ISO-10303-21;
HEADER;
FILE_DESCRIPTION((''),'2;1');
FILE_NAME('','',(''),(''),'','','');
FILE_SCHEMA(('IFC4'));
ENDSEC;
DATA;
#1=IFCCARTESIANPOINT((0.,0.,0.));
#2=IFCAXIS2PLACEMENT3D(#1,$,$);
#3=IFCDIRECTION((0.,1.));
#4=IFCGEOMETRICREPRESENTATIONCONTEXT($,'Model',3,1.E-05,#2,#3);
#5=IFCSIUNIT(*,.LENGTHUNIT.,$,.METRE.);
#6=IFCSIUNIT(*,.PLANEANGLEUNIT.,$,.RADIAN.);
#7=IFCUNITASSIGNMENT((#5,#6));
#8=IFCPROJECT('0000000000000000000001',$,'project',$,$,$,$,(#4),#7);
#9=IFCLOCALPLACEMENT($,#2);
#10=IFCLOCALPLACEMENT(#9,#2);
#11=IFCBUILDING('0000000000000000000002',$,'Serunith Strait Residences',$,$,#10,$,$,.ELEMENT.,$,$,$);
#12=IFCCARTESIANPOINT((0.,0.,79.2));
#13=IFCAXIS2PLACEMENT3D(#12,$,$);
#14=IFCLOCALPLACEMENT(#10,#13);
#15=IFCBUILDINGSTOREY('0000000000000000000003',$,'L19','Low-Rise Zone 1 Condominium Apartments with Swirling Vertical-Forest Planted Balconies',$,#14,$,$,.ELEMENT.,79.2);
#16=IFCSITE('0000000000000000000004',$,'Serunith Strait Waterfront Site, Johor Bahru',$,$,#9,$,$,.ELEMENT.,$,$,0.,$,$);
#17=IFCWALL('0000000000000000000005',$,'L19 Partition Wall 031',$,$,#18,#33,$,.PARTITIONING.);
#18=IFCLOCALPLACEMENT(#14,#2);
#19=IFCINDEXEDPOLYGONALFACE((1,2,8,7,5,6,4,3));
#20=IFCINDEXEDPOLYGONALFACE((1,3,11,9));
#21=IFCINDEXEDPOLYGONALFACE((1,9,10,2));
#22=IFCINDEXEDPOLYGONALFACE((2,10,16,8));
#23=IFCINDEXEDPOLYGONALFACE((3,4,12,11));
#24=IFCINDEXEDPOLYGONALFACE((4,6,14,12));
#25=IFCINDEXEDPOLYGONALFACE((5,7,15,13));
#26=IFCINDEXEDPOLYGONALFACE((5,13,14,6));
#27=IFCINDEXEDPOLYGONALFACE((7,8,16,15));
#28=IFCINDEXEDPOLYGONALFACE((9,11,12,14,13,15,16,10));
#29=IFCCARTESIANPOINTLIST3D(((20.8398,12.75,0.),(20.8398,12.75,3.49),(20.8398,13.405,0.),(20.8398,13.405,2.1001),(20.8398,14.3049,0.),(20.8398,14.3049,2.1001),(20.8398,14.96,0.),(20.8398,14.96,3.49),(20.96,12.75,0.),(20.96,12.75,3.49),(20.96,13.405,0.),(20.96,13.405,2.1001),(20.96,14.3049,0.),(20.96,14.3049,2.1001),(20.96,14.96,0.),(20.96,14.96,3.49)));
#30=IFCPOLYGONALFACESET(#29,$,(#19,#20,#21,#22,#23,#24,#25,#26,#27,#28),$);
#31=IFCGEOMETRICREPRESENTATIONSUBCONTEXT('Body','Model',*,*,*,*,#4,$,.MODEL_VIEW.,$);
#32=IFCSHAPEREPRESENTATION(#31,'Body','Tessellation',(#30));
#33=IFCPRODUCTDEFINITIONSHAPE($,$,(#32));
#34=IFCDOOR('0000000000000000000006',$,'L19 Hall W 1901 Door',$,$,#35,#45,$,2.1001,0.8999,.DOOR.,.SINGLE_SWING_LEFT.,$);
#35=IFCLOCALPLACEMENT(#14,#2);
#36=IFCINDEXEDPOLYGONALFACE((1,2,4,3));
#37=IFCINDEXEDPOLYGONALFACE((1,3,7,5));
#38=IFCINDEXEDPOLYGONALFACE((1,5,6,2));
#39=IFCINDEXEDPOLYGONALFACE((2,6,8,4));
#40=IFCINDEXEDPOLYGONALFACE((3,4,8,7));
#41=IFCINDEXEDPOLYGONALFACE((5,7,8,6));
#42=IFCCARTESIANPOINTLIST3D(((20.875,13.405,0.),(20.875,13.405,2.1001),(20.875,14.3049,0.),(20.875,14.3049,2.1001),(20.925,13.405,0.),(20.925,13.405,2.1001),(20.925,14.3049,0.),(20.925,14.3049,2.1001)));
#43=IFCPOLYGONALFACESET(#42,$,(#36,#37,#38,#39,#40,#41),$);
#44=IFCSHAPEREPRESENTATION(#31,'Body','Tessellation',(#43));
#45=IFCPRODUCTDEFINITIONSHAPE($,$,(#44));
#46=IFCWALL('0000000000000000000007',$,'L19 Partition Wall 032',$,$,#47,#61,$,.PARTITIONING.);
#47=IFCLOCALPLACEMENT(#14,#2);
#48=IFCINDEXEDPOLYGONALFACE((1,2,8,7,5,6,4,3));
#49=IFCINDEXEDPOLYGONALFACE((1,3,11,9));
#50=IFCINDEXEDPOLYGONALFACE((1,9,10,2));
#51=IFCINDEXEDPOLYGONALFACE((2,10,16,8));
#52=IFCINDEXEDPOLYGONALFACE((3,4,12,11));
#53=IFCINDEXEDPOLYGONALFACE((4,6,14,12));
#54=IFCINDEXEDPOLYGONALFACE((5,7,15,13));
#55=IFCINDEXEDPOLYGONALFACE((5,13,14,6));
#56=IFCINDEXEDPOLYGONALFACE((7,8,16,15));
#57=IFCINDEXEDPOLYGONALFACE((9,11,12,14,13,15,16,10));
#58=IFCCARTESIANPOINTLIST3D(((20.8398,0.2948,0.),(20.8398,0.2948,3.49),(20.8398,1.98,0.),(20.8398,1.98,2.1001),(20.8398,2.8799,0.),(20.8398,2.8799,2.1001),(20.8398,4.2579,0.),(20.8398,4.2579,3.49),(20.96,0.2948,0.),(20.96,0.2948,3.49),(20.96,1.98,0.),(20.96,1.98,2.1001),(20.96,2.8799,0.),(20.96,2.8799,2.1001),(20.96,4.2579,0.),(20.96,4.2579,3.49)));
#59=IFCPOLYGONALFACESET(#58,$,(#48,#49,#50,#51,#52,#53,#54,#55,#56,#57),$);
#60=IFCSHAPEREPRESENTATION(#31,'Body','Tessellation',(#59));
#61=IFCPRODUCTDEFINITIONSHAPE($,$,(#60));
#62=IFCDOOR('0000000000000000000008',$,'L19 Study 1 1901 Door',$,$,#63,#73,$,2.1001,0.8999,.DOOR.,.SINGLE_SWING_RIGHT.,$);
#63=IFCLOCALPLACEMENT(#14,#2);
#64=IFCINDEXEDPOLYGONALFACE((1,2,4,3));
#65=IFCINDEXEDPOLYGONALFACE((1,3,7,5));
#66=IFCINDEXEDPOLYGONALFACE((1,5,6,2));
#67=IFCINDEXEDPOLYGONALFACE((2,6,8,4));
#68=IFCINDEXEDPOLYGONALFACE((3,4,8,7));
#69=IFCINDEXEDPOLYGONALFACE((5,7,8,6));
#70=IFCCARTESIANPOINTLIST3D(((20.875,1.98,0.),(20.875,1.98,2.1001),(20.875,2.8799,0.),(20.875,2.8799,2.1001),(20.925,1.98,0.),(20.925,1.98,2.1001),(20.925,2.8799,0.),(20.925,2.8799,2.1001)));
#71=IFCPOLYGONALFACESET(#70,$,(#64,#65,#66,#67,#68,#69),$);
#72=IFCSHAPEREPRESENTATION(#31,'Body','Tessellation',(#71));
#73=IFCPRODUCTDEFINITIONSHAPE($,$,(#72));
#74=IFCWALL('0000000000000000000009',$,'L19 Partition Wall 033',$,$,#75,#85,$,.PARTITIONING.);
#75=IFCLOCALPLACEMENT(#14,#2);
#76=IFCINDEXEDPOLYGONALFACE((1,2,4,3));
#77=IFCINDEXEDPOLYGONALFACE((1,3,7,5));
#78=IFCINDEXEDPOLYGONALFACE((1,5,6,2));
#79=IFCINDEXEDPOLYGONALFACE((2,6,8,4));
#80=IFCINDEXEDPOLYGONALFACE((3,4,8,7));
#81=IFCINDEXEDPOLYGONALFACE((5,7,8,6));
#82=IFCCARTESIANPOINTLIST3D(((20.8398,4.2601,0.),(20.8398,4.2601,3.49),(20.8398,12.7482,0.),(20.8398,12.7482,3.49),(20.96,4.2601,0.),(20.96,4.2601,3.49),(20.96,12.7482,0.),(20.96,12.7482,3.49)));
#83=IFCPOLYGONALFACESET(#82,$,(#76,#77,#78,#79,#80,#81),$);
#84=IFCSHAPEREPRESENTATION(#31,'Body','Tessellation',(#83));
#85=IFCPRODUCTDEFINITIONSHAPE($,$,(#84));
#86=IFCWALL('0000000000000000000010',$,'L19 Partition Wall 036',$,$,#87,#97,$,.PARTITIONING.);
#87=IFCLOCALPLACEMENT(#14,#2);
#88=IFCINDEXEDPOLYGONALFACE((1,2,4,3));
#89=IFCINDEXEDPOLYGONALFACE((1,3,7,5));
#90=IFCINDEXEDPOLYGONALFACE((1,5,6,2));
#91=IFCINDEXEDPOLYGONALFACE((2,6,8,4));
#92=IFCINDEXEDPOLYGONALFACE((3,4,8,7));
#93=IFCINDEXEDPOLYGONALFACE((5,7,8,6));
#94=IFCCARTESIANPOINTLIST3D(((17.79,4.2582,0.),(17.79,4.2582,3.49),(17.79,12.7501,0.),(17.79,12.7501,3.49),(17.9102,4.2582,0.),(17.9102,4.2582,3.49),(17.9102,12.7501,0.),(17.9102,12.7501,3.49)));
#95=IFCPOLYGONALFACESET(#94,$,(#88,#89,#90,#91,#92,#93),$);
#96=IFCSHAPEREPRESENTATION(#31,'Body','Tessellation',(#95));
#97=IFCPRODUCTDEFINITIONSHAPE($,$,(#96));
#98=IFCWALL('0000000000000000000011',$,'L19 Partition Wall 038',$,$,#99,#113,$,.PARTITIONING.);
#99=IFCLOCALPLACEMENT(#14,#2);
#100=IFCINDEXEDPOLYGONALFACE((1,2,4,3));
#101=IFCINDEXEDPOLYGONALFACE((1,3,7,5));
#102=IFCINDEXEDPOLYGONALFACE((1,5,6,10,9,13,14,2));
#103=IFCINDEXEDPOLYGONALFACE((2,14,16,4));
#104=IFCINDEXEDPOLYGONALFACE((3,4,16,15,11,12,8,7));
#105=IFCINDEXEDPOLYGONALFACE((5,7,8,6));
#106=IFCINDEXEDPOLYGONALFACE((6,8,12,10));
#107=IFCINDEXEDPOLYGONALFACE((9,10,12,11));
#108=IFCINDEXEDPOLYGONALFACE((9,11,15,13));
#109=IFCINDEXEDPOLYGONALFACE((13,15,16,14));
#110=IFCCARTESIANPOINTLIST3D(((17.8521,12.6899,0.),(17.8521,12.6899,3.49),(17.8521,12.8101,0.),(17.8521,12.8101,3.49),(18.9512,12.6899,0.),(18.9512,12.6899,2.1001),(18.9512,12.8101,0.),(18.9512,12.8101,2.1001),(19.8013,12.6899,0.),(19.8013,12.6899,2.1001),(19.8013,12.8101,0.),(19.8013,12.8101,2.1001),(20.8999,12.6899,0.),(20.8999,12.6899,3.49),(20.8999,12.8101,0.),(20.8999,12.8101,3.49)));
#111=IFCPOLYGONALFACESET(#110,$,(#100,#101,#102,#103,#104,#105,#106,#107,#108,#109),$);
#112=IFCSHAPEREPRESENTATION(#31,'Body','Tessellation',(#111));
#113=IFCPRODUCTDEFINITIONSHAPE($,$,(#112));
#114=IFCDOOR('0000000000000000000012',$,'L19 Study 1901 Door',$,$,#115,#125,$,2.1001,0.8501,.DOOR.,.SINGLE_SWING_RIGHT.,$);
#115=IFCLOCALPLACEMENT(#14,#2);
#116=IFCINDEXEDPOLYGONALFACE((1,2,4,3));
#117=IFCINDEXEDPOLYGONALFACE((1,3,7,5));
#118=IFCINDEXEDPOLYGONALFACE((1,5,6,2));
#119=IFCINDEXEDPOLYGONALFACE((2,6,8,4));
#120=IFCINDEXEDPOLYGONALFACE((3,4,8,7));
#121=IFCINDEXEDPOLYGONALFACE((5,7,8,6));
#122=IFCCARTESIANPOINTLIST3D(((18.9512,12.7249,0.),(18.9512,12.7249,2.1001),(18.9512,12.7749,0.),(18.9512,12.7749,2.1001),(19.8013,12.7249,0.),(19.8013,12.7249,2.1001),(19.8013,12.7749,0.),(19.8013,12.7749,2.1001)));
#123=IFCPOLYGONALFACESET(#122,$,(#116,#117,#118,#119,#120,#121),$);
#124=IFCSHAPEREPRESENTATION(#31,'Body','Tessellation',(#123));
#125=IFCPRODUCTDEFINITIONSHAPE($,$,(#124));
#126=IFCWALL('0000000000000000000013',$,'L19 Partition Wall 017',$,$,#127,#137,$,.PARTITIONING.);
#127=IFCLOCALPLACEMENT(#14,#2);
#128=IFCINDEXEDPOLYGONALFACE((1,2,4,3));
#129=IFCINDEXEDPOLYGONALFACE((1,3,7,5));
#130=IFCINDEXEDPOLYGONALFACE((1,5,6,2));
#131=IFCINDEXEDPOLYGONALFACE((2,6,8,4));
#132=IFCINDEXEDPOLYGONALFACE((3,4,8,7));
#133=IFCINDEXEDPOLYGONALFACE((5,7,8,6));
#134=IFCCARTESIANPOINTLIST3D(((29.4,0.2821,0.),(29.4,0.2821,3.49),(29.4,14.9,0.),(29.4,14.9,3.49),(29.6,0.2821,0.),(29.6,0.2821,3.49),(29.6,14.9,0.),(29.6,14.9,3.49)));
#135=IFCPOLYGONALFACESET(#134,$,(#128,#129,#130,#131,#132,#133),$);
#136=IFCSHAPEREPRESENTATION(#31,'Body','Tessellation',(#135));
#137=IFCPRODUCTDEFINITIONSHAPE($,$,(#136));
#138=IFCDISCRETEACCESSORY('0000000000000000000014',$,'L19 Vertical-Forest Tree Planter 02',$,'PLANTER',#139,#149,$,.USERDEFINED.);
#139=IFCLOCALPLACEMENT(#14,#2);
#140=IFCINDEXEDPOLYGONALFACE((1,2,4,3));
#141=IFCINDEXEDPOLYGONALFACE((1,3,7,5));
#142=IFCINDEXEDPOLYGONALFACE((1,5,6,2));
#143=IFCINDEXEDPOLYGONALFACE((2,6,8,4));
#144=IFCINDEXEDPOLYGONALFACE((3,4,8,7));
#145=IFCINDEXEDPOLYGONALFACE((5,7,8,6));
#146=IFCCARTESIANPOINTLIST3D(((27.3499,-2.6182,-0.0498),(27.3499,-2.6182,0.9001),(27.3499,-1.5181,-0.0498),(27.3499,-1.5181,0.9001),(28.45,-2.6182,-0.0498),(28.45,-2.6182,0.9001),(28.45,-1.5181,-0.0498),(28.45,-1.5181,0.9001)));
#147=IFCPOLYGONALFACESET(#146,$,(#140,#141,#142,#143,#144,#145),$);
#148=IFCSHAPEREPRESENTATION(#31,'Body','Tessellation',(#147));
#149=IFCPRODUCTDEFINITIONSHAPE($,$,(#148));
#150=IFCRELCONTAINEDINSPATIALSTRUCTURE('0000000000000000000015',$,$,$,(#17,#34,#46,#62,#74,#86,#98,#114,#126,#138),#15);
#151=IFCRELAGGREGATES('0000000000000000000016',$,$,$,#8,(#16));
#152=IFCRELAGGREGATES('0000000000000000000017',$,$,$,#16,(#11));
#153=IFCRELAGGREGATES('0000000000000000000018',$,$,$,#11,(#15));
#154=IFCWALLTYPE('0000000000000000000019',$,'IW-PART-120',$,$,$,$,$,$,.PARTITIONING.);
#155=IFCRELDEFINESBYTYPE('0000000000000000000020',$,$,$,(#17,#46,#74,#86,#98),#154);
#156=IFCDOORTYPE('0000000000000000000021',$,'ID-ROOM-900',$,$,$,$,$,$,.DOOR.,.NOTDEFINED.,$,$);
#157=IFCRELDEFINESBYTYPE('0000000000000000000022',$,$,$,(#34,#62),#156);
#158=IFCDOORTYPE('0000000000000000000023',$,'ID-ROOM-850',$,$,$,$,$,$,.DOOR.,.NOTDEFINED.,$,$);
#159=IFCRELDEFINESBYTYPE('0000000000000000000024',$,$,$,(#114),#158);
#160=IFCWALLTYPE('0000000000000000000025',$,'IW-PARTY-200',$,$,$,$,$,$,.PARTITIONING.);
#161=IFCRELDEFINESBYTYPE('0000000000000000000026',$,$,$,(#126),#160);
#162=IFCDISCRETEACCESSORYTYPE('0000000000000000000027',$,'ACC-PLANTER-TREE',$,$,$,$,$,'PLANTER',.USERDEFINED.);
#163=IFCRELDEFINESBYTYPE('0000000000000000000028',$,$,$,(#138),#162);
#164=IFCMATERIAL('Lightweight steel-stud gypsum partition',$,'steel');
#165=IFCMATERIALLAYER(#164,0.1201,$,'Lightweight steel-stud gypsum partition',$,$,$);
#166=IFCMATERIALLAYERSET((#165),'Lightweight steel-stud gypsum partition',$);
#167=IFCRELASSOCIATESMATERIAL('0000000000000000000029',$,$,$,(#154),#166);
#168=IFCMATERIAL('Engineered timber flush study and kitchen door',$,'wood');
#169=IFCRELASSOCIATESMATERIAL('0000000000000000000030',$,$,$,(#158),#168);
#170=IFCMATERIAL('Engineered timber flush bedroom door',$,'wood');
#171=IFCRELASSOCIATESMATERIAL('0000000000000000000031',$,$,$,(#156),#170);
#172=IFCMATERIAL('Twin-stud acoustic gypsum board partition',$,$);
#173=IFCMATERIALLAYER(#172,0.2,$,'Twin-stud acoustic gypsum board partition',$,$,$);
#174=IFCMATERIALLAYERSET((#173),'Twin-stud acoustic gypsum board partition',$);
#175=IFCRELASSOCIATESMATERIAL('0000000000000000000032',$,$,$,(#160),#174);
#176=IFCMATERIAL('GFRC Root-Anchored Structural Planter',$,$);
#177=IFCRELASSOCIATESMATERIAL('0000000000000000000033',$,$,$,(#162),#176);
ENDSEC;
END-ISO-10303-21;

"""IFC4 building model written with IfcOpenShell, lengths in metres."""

from ifc_helpers import new_model, si_unit, direction, frame, frame_2d, origin, origin_2d, place, context, subcontext, project, spatial, rectangle, extrude, source, transform, mapped, material, layer, layer_set, type_object, element, fill, save


model = new_model("IFC4")

# Units and contexts
model_context = context("Model", 3, precision=1e-05, world=origin(), true_north=direction((0.0, 1.0)))
body_context = subcontext(model_context, "Body", "Model", "MODEL_VIEW")
ifc_project = project(units=[si_unit("LENGTHUNIT", "METRE"), si_unit("PLANEANGLEUNIT", "RADIAN")], contexts=[model_context])

# Site, building, storey
site_placement = place(None, origin())
site = spatial("IfcSite", under=ifc_project, at=site_placement, Name="Serunith Strait Waterfront Site, Johor Bahru", CompositionType="ELEMENT", RefElevation=0.0)
building_placement = place(site_placement, origin())
building = spatial("IfcBuilding", under=site, at=building_placement, Name="Serunith Strait Residences", CompositionType="ELEMENT")
storey_placement = place(building_placement, frame((0.0, 0.0, 79.2)))
storey = spatial("IfcBuildingStorey", under=building, at=storey_placement, Name="L19", Description="Low-Rise Zone 1 Condominium Apartments with Swirling Vertical-Forest Planted Balconies", CompositionType="ELEMENT", Elevation=79.2)

# Shared definitions
ifc_material_1 = material(Name="Lightweight steel-stud gypsum partition", Category="steel")
ifc_layer_1 = layer(ifc_material_1, 0.1201, Name="Lightweight steel-stud gypsum partition")
ifc_layer_set_1 = layer_set([ifc_layer_1], Name="Lightweight steel-stud gypsum partition")
wall_type_1 = type_object("IfcWallType", Name="IW-PART-120", PredefinedType="PARTITIONING", material=ifc_layer_set_1)
ifc_material_2 = material(Name="Engineered timber flush study and kitchen door", Category="wood")
door_type_1 = type_object("IfcDoorType", Name="ID-ROOM-850", OperationType="NOTDEFINED", PredefinedType="DOOR", material=ifc_material_2)
shared_shape_1 = source(origin(), body_context, "Body", "SweptSolid", [
    extrude(rectangle(XDim=0.8501, YDim=2.1001, at=frame_2d((0.425, 1.05))), frame((0.0, 0.0249, 0.0), z_axis=(0.0, -1.0, 0.0), x_axis=(1.0, 0.0, 0.0)), (0.0, 0.0, 1.0), 0.05),
])

# Walls, openings, doors
wall_1_placement = place(storey_placement, frame((20.8999, 12.75, 0.0), z_axis=(0.0, 0.0, 1.0), x_axis=(0.0, 1.0, 0.0)))
wall_1 = element("IfcWall", 1, at=wall_1_placement, inside=storey, type_object=wall_type_1, Name="L19 Partition Wall 031", PredefinedType="PARTITIONING", context=body_context, shape_type="SweptSolid", body=[
    extrude(rectangle(XDim=2.21, YDim=0.1201, at=frame_2d((1.105, 0.0))), origin(), (0.0, 0.0, 1.0), 3.49),
])
opening_1_placement = place(wall_1_placement, frame((0.655, 0.0, 0.0)))
opening_1 = element("IfcOpeningElement", 2, at=opening_1_placement, cuts=wall_1, PredefinedType="OPENING", context=body_context, shape_type="SweptSolid", body=[
    extrude(rectangle(XDim=0.8999, YDim=2.1001, at=frame_2d((0.45, 1.05))), frame((0.0, 0.0701, 0.0), z_axis=(0.0, -1.0, 0.0), x_axis=(1.0, 0.0, 0.0)), (0.0, 0.0, 1.0), 0.1401),
])
ifc_material_3 = material(Name="Engineered timber flush bedroom door", Category="wood")
door_type_2 = type_object("IfcDoorType", Name="ID-ROOM-900", OperationType="NOTDEFINED", PredefinedType="DOOR", material=ifc_material_3)
shared_shape_2 = source(origin(), body_context, "Body", "SweptSolid", [
    extrude(rectangle(XDim=0.8999, YDim=2.1001, at=frame_2d((0.45, 1.05))), frame((0.0, 0.0249, 0.0), z_axis=(0.0, -1.0, 0.0), x_axis=(1.0, 0.0, 0.0)), (0.0, 0.0, 1.0), 0.05),
])
door_1_placement = place(opening_1_placement, origin())
door_1 = element("IfcDoor", 3, at=door_1_placement, inside=storey, type_object=door_type_2, Name="L19 Hall W 1901 Door", OperationType="SINGLE_SWING_LEFT", OverallHeight=2.1001, OverallWidth=0.8999, PredefinedType="DOOR", context=body_context, shape_type="MappedRepresentation", body=[
    mapped(shared_shape_2, transform((0.0, 0.0, 0.0), scale=1.0)),
])
fill(opening_1, door_1)
wall_2_placement = place(storey_placement, frame((20.8999, 0.2949, 0.0), z_axis=(0.0, 0.0, 1.0), x_axis=(0.0, 1.0, 0.0)))
wall_2 = element("IfcWall", 4, at=wall_2_placement, inside=storey, type_object=wall_type_1, Name="L19 Partition Wall 032", PredefinedType="PARTITIONING", context=body_context, shape_type="SweptSolid", body=[
    extrude(rectangle(XDim=3.9631, YDim=0.1201, at=frame_2d((1.9814, 0.0))), origin(), (0.0, 0.0, 1.0), 3.49),
])
opening_2_placement = place(wall_2_placement, frame((1.6851, 0.0, 0.0)))
opening_2 = element("IfcOpeningElement", 5, at=opening_2_placement, cuts=wall_2, PredefinedType="OPENING", context=body_context, shape_type="SweptSolid", body=[
    extrude(rectangle(XDim=0.8999, YDim=2.1001, at=frame_2d((0.45, 1.05))), frame((0.0, 0.0701, 0.0), z_axis=(0.0, -1.0, 0.0), x_axis=(1.0, 0.0, 0.0)), (0.0, 0.0, 1.0), 0.1401),
])
door_2_placement = place(opening_2_placement, origin())
door_2 = element("IfcDoor", 6, at=door_2_placement, inside=storey, type_object=door_type_2, Name="L19 Study 1 1901 Door", OperationType="SINGLE_SWING_RIGHT", OverallHeight=2.1001, OverallWidth=0.8999, PredefinedType="DOOR", context=body_context, shape_type="MappedRepresentation", body=[
    mapped(shared_shape_2, transform((0.0, 0.0, 0.0), scale=1.0)),
])
fill(opening_2, door_2)

# Walls
wall_3_placement = place(storey_placement, frame((20.8999, 4.26, 0.0), z_axis=(0.0, 0.0, 1.0), x_axis=(0.0, 1.0, 0.0)))
element("IfcWall", 7, at=wall_3_placement, inside=storey, type_object=wall_type_1, Name="L19 Partition Wall 033", PredefinedType="PARTITIONING", context=body_context, shape_type="SweptSolid", body=[
    extrude(rectangle(XDim=8.488, YDim=0.1201, at=frame_2d((4.2441, 0.0))), origin(), (0.0, 0.0, 1.0), 3.49),
])
wall_4_placement = place(storey_placement, frame((17.8501, 4.2581, 0.0), z_axis=(0.0, 0.0, 1.0), x_axis=(0.0, 1.0, 0.0)))
element("IfcWall", 8, at=wall_4_placement, inside=storey, type_object=wall_type_1, Name="L19 Partition Wall 036", PredefinedType="PARTITIONING", context=body_context, shape_type="SweptSolid", body=[
    extrude(rectangle(XDim=8.4919, YDim=0.1201, at=frame_2d((4.2461, 0.0))), origin(), (0.0, 0.0, 1.0), 3.49),
])

# Wall, opening, door
wall_5_placement = place(storey_placement, frame((17.8521, 12.75, 0.0), z_axis=(0.0, 0.0, 1.0), x_axis=(1.0, 0.0, 0.0)))
wall_5 = element("IfcWall", 9, at=wall_5_placement, inside=storey, type_object=wall_type_1, Name="L19 Partition Wall 038", PredefinedType="PARTITIONING", context=body_context, shape_type="SweptSolid", body=[
    extrude(rectangle(XDim=3.0479, YDim=0.1201, at=frame_2d((1.5239, 0.0))), origin(), (0.0, 0.0, 1.0), 3.49),
])
opening_3_placement = place(wall_5_placement, frame((1.0991, 0.0, 0.0)))
opening_3 = element("IfcOpeningElement", 10, at=opening_3_placement, cuts=wall_5, PredefinedType="OPENING", context=body_context, shape_type="SweptSolid", body=[
    extrude(rectangle(XDim=0.8501, YDim=2.1001, at=frame_2d((0.425, 1.05))), frame((0.0, 0.0701, 0.0), z_axis=(0.0, -1.0, 0.0), x_axis=(1.0, 0.0, 0.0)), (0.0, 0.0, 1.0), 0.1401),
])
door_3_placement = place(opening_3_placement, origin())
door_3 = element("IfcDoor", 11, at=door_3_placement, inside=storey, type_object=door_type_1, Name="L19 Study 1901 Door", OperationType="SINGLE_SWING_RIGHT", OverallHeight=2.1001, OverallWidth=0.8501, PredefinedType="DOOR", context=body_context, shape_type="MappedRepresentation", body=[
    mapped(shared_shape_1, transform((0.0, 0.0, 0.0), scale=1.0)),
])
fill(opening_3, door_3)

# Wall
ifc_material_4 = material(Name="Twin-stud acoustic gypsum board partition")
ifc_layer_2 = layer(ifc_material_4, 0.2, Name="Twin-stud acoustic gypsum board partition")
ifc_layer_set_2 = layer_set([ifc_layer_2], Name="Twin-stud acoustic gypsum board partition")
wall_type_2 = type_object("IfcWallType", Name="IW-PARTY-200", PredefinedType="PARTITIONING", material=ifc_layer_set_2)
wall_6_placement = place(storey_placement, frame((29.5, 0.282, 0.0), z_axis=(0.0, 0.0, 1.0), x_axis=(0.0, 1.0, 0.0)))
element("IfcWall", 12, at=wall_6_placement, inside=storey, type_object=wall_type_2, Name="L19 Partition Wall 017", PredefinedType="PARTITIONING", context=body_context, shape_type="SweptSolid", body=[
    extrude(rectangle(XDim=14.6179, YDim=0.2, at=frame_2d((7.3091, 0.0))), origin(), (0.0, 0.0, 1.0), 3.49),
])

# Discrete accessory
ifc_material_5 = material(Name="GFRC Root-Anchored Structural Planter")
discrete_accessory_type = type_object("IfcDiscreteAccessoryType", Name="ACC-PLANTER-TREE", ElementType="PLANTER", PredefinedType="USERDEFINED", material=ifc_material_5)
shared_shape_3 = source(origin(), body_context, "Body", "SweptSolid", [
    extrude(rectangle(XDim=1.1001, YDim=1.1001, at=origin_2d()), origin(), (0.0, 0.0, 1.0), 0.95),
])
discrete_accessory_placement = place(storey_placement, frame((27.8999, -2.0681, -0.0498), z_axis=(0.0, 0.0, 1.0), x_axis=(1.0, 0.0, 0.0)))
element("IfcDiscreteAccessory", 13, at=discrete_accessory_placement, inside=storey, type_object=discrete_accessory_type, Name="L19 Vertical-Forest Tree Planter 02", ObjectType="PLANTER", PredefinedType="USERDEFINED", context=body_context, shape_type="MappedRepresentation", body=[
    mapped(shared_shape_3, transform((0.0, 0.0, 0.0), scale=1.0)),
])

save(model, "model.ifc")
